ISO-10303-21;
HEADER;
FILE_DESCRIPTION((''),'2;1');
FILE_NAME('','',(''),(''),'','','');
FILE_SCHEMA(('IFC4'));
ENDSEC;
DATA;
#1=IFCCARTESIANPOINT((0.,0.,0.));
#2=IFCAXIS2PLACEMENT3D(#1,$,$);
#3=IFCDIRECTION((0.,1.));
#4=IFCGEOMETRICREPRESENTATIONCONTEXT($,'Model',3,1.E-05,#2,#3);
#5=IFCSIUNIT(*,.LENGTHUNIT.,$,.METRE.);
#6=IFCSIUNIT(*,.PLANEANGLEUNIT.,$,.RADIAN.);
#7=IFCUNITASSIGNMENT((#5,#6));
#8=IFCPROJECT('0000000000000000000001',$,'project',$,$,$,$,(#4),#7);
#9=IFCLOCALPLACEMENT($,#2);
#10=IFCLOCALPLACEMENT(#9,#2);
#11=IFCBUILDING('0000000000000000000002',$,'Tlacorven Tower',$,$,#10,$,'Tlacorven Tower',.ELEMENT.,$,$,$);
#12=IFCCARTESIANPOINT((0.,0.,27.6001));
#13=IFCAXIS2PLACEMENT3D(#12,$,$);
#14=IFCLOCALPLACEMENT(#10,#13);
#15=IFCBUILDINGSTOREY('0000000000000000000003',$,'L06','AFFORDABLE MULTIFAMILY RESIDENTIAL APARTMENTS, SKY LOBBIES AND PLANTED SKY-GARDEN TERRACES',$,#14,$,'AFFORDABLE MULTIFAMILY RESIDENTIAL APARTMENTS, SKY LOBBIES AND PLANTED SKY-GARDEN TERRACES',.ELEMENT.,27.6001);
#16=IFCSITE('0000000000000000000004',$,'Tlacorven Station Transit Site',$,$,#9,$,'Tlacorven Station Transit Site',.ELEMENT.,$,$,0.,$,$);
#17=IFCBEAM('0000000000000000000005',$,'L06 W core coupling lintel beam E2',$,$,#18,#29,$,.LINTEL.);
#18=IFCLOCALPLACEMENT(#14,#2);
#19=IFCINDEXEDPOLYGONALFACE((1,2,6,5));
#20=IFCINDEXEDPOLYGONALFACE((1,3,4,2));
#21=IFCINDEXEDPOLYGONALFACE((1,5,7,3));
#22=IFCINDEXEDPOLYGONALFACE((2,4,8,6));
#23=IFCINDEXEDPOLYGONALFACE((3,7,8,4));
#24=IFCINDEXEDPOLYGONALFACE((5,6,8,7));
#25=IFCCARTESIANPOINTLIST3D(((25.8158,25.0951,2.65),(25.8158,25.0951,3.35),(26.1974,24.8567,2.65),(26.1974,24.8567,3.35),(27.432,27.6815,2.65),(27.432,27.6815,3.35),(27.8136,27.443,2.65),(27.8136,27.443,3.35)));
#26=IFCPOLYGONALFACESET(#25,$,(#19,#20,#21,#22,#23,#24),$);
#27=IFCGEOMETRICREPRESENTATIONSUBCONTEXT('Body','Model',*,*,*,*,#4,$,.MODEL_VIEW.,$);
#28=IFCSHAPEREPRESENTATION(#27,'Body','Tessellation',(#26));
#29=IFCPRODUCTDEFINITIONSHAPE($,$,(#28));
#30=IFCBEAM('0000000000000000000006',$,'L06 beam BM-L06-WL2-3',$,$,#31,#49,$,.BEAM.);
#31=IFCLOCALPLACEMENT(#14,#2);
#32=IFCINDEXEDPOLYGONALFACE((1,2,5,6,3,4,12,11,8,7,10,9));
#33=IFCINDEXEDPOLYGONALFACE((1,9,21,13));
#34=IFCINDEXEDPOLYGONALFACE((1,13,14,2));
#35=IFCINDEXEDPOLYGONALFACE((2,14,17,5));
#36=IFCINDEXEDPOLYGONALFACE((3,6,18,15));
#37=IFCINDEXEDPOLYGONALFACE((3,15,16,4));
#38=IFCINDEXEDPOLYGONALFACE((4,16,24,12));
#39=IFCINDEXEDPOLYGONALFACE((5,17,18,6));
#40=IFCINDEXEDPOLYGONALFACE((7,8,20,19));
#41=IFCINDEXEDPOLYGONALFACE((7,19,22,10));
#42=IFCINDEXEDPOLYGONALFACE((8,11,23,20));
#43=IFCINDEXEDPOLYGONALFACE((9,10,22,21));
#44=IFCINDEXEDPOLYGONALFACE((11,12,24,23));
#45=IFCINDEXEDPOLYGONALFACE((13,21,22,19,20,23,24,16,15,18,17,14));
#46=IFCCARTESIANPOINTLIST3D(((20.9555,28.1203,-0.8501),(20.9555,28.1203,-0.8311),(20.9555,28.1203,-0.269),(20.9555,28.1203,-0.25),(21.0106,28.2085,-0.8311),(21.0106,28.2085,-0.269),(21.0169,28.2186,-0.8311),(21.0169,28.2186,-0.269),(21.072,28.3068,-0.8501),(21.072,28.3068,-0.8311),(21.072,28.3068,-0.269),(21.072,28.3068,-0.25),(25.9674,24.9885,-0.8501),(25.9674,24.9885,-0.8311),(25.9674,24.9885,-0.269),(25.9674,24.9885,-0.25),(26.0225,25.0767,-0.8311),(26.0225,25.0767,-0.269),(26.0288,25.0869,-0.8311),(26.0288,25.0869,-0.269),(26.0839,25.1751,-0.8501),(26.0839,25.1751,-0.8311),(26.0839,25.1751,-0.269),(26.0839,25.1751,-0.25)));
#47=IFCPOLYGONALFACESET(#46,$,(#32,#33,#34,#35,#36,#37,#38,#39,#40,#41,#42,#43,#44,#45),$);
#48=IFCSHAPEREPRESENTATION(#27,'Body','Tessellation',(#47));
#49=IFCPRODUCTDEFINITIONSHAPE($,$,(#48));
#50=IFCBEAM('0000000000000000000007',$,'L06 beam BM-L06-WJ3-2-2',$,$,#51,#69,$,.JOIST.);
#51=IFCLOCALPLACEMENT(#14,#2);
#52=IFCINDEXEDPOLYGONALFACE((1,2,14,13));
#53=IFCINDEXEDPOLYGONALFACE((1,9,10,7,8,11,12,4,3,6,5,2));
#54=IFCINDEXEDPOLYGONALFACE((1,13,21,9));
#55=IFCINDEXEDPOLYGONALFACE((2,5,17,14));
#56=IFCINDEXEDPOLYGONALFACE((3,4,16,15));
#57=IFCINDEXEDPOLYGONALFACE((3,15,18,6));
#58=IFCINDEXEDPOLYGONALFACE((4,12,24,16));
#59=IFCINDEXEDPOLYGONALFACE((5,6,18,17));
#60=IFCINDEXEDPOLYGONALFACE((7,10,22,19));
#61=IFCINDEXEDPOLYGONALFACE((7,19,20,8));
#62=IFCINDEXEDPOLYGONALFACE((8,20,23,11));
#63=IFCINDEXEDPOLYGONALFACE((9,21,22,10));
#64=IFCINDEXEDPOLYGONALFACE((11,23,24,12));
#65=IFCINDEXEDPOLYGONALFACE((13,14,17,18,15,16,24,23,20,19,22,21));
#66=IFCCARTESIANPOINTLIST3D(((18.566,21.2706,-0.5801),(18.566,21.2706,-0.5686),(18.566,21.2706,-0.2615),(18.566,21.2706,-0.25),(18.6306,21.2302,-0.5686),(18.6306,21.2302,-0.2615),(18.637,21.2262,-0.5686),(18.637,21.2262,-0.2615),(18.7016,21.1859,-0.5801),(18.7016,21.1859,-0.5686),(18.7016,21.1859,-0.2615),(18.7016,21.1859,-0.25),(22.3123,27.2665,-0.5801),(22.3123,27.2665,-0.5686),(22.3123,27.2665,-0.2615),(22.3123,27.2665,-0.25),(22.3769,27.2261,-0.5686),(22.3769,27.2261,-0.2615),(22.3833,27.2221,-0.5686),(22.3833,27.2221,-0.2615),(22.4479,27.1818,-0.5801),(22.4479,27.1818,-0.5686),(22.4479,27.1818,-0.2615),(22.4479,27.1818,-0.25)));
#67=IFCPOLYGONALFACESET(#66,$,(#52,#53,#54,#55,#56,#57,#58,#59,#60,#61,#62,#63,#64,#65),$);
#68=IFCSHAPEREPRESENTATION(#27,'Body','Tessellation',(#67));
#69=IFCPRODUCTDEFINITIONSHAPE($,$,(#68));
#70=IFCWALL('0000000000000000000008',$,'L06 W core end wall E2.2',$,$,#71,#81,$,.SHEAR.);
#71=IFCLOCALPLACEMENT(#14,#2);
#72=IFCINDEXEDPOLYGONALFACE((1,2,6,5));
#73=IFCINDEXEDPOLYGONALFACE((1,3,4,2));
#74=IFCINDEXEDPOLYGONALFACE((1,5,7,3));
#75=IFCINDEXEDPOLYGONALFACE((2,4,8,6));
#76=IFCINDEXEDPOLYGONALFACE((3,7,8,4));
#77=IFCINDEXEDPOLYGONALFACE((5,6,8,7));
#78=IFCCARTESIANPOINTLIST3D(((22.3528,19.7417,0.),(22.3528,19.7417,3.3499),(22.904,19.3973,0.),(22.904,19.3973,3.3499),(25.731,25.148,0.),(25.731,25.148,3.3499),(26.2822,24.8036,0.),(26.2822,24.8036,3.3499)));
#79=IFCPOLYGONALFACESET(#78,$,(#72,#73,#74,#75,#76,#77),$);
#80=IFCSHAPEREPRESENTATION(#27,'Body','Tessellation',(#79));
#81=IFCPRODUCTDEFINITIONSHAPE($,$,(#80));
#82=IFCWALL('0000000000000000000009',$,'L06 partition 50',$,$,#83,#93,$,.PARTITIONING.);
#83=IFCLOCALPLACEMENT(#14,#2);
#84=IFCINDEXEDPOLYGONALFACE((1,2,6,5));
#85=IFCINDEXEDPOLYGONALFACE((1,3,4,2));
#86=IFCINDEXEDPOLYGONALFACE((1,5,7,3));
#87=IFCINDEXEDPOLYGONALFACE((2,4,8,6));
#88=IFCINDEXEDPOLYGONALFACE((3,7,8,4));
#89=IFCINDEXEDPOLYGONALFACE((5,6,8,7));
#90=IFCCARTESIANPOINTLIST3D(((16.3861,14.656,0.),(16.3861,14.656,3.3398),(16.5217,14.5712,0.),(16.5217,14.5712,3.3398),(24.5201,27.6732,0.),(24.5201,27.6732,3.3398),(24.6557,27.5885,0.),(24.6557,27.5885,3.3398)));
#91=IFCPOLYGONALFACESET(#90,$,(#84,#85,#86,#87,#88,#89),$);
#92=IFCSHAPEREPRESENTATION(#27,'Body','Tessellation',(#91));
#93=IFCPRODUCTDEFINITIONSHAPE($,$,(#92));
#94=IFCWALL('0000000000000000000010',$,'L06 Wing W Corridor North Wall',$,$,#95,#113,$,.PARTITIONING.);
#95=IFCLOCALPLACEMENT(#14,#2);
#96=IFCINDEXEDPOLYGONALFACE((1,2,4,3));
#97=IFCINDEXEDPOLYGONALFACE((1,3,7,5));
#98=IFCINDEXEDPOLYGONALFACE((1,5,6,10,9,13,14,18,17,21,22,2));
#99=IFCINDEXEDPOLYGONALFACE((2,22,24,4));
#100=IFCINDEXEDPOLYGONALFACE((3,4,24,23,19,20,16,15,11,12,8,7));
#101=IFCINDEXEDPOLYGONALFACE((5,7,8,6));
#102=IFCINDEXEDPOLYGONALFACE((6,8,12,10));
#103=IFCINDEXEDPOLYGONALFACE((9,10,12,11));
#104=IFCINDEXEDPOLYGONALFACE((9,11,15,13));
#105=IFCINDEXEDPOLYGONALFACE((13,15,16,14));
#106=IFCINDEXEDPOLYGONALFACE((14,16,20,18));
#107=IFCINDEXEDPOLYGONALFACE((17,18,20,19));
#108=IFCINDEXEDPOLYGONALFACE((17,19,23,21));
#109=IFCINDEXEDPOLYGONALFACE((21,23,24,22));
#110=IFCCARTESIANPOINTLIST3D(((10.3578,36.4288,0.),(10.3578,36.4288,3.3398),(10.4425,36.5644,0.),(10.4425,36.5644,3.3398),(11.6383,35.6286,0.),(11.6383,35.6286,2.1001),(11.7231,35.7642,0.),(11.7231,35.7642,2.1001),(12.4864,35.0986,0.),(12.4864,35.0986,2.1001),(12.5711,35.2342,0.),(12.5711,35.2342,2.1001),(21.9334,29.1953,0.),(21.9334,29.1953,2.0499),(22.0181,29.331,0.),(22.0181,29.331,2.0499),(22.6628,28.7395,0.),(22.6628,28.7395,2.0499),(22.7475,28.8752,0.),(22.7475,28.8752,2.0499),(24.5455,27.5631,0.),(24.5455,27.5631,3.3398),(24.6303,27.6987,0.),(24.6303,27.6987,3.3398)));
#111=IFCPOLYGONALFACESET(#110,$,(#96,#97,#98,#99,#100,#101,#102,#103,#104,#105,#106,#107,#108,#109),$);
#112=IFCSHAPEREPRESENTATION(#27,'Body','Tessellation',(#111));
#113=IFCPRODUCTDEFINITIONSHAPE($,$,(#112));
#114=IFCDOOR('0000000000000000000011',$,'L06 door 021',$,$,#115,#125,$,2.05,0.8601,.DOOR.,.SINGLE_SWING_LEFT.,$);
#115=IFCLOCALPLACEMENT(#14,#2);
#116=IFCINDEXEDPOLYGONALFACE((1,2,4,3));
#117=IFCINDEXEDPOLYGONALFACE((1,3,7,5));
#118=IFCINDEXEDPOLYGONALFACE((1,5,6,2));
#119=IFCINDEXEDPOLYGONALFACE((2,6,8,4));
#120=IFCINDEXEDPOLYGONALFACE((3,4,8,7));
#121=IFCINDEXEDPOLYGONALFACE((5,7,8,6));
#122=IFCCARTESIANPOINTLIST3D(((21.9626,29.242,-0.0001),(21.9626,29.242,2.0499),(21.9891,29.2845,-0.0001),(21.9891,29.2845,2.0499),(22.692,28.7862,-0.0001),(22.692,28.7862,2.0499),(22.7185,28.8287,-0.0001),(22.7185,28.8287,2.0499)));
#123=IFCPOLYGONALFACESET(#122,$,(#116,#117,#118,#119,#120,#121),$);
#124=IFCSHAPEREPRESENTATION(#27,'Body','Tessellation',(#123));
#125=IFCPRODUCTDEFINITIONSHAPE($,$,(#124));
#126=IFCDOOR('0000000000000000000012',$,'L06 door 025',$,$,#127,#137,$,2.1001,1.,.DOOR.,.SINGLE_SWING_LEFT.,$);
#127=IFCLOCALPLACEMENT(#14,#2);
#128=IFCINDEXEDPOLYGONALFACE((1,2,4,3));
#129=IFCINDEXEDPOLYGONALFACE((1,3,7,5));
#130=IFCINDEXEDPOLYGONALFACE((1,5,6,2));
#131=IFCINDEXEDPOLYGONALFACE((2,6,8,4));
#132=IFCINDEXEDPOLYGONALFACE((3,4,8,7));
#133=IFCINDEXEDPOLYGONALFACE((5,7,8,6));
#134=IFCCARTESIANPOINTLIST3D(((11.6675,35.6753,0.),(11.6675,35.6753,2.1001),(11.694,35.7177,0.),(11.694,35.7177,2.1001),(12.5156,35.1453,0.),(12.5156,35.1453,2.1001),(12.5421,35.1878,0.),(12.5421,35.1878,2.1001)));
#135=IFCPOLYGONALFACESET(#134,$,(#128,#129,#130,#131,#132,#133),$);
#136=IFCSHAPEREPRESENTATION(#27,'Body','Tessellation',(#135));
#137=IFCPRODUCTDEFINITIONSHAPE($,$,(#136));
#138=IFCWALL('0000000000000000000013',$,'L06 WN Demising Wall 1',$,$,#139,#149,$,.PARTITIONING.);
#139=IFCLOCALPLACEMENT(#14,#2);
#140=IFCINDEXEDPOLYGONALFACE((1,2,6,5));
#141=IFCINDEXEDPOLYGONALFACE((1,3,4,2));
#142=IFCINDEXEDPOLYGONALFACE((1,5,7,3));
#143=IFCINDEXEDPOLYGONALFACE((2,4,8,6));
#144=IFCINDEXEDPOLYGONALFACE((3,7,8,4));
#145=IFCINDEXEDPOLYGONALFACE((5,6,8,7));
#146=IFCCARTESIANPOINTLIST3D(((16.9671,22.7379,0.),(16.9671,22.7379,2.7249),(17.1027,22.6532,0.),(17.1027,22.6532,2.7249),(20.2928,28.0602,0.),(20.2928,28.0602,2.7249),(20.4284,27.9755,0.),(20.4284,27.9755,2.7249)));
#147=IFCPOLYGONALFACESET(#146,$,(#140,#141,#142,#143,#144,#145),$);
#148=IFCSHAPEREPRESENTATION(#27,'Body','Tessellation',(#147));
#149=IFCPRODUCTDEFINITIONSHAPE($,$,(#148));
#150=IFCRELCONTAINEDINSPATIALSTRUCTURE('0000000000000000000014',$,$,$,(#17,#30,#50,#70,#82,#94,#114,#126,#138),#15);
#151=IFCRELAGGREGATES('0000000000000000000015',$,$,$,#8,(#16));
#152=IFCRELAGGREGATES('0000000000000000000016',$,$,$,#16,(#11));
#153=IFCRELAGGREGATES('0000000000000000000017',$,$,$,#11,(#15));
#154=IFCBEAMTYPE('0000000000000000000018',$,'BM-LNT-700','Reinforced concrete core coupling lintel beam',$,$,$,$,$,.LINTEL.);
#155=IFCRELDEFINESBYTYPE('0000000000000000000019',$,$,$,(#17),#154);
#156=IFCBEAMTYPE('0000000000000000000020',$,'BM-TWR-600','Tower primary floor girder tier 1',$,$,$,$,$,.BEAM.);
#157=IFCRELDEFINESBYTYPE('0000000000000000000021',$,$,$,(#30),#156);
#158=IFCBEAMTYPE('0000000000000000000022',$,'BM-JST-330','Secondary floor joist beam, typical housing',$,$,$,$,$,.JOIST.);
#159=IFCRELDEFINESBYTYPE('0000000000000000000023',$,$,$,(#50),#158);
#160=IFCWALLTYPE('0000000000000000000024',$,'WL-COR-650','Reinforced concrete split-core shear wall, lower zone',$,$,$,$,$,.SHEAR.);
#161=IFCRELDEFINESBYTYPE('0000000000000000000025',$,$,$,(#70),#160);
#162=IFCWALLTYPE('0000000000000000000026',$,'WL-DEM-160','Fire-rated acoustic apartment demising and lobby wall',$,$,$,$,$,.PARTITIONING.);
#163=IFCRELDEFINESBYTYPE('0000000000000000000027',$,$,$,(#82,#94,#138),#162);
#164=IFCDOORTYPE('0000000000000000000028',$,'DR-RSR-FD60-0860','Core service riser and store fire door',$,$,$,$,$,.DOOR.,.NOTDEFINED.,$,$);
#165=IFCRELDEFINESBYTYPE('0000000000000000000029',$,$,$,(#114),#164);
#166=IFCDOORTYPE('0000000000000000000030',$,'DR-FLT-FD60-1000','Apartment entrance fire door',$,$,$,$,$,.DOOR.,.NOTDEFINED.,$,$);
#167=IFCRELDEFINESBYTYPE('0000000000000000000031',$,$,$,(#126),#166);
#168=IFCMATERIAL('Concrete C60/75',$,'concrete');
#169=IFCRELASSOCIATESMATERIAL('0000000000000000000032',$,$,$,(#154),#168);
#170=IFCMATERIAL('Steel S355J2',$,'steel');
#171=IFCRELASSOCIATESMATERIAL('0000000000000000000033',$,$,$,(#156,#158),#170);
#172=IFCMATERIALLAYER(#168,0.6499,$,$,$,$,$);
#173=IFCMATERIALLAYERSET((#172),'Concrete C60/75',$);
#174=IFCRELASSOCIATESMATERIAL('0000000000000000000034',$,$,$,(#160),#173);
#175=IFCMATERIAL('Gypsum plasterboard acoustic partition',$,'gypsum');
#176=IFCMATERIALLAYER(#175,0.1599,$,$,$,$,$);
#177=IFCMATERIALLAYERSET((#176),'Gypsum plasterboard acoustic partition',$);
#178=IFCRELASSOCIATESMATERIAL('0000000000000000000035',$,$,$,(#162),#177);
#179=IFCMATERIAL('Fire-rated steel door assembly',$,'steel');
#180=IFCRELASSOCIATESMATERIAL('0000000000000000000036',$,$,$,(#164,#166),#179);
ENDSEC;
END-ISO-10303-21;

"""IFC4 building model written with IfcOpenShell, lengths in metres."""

from ifc_helpers import new_model, si_unit, direction, frame, frame_2d, origin, origin_2d, place, context, subcontext, project, spatial, rectangle, i_section, extrude, source, transform, mapped, material, layer, layer_set, material_profile, profile_set, type_object, element, fill, save


model = new_model("IFC4")

# Units and contexts
model_context = context("Model", 3, precision=1e-05, world=origin(), true_north=direction((0.0, 1.0)))
body_context = subcontext(model_context, "Body", "Model", "MODEL_VIEW")
ifc_project = project(units=[si_unit("LENGTHUNIT", "METRE"), si_unit("PLANEANGLEUNIT", "RADIAN")], contexts=[model_context])

# Site, building, storey
site_placement = place(None, origin())
site = spatial("IfcSite", under=ifc_project, at=site_placement, Name="Tlacorven Station Transit Site", LongName="Tlacorven Station Transit Site", CompositionType="ELEMENT", RefElevation=0.0)
building_placement = place(site_placement, origin())
building = spatial("IfcBuilding", under=site, at=building_placement, Name="Tlacorven Tower", LongName="Tlacorven Tower", CompositionType="ELEMENT")
storey_placement = place(building_placement, frame((0.0, 0.0, 27.6001)))
storey = spatial("IfcBuildingStorey", under=building, at=storey_placement, Name="L06", Description="AFFORDABLE MULTIFAMILY RESIDENTIAL APARTMENTS, SKY LOBBIES AND PLANTED SKY-GARDEN TERRACES", LongName="AFFORDABLE MULTIFAMILY RESIDENTIAL APARTMENTS, SKY LOBBIES AND PLANTED SKY-GARDEN TERRACES", CompositionType="ELEMENT", Elevation=27.6001)

# Beams
ifc_material_1 = material(Name="Concrete C60/75", Category="concrete")
ifc_material_profile_1 = material_profile(ifc_material_1, rectangle(XDim=0.45, YDim=0.7, at=origin_2d()), Name="RC 450X700")
ifc_profile_set_1 = profile_set([ifc_material_profile_1], Name="Concrete C60/75")
beam_type_1 = type_object("IfcBeamType", Name="BM-LNT-700", Description="Reinforced concrete core coupling lintel beam", PredefinedType="LINTEL", material=ifc_profile_set_1)
shared_shape_1 = source(origin(), body_context, "Body", "SweptSolid", [
    extrude(rectangle(XDim=0.45, YDim=0.7, at=origin_2d()), origin(), (0.0, 0.0, 1.0), 3.0498),
])
beam_1_placement = place(storey_placement, frame((27.6228, 27.5623, 3.0), z_axis=(-0.529927, -0.848043, 0.0), x_axis=(0.848043, -0.529927, 0.0)))
element("IfcBeam", 1, at=beam_1_placement, inside=storey, type_object=beam_type_1, Name="L06 W core coupling lintel beam E2", PredefinedType="LINTEL", context=body_context, shape_type="MappedRepresentation", body=[
    mapped(shared_shape_1, transform((0.0, 0.0, 0.0), scale=1.0)),
])
ifc_material_2 = material(Name="Steel S355J2", Category="steel")
ifc_material_profile_2 = material_profile(ifc_material_2, i_section(OverallWidth=0.22, OverallDepth=0.6001, WebThickness=0.012, FlangeThickness=0.019, at=origin_2d()), Name="IPE 600")
ifc_profile_set_2 = profile_set([ifc_material_profile_2], Name="Steel S355J2")
beam_type_2 = type_object("IfcBeamType", Name="BM-TWR-600", Description="Tower primary floor girder tier 1", PredefinedType="BEAM", material=ifc_profile_set_2)
shared_shape_2 = source(origin(), body_context, "Body", "SweptSolid", [
    extrude(i_section(OverallWidth=0.22, OverallDepth=0.6001, WebThickness=0.012, FlangeThickness=0.019, at=origin_2d()), origin(), (0.0, 0.0, 1.0), 5.9099),
])
beam_2_placement = place(storey_placement, frame((26.0256, 25.0818, -0.55), z_axis=(-0.848047, 0.529921, 0.0), x_axis=(-0.529921, -0.848047, 0.0)))
element("IfcBeam", 2, at=beam_2_placement, inside=storey, type_object=beam_type_2, Name="L06 beam BM-L06-WL2-3", PredefinedType="BEAM", context=body_context, shape_type="MappedRepresentation", body=[
    mapped(shared_shape_2, transform((0.0, 0.0, 0.0), scale=1.0)),
])
ifc_material_profile_3 = material_profile(ifc_material_2, i_section(OverallWidth=0.1599, OverallDepth=0.3301, WebThickness=0.0076, FlangeThickness=0.0115, at=origin_2d()), Name="IPE 330")
ifc_profile_set_3 = profile_set([ifc_material_profile_3], Name="Steel S355J2")
beam_type_3 = type_object("IfcBeamType", Name="BM-JST-330", Description="Secondary floor joist beam, typical housing", PredefinedType="JOIST", material=ifc_profile_set_3)
shared_shape_3 = source(origin(), body_context, "Body", "SweptSolid", [
    extrude(i_section(OverallWidth=0.1599, OverallDepth=0.3301, WebThickness=0.0076, FlangeThickness=0.0115, at=origin_2d()), origin(), (0.0, 0.0, 1.0), 7.0701),
])
beam_3_placement = place(storey_placement, frame((22.3801, 27.2241, -0.415), z_axis=(-0.52989, -0.848066, 0.0), x_axis=(0.848066, -0.52989, 0.0)))
element("IfcBeam", 3, at=beam_3_placement, inside=storey, type_object=beam_type_3, Name="L06 beam BM-L06-WJ3-2-2", PredefinedType="JOIST", context=body_context, shape_type="MappedRepresentation", body=[
    mapped(shared_shape_3, transform((0.0, 0.0, 0.0), scale=1.0)),
])

# Walls
ifc_layer_1 = layer(ifc_material_1, 0.6499)
ifc_layer_set_1 = layer_set([ifc_layer_1], Name="Concrete C60/75")
wall_type_1 = type_object("IfcWallType", Name="WL-COR-650", Description="Reinforced concrete split-core shear wall, lower zone", PredefinedType="SHEAR", material=ifc_layer_set_1)
wall_1_placement = place(storey_placement, frame((26.0066, 24.9758, 0.0), z_axis=(0.0, 0.0, 1.0), x_axis=(-0.529916, -0.84805, 0.0)))
element("IfcWall", 4, at=wall_1_placement, inside=storey, type_object=wall_type_1, Name="L06 W core end wall E2.2", PredefinedType="SHEAR", context=body_context, shape_type="SweptSolid", body=[
    extrude(rectangle(XDim=6.375, YDim=0.6499, at=frame_2d((3.1875, 0.0))), origin(), (0.0, 0.0, 1.0), 3.3499),
])
ifc_material_3 = material(Name="Gypsum plasterboard acoustic partition", Category="gypsum")
ifc_layer_2 = layer(ifc_material_3, 0.1599)
ifc_layer_set_2 = layer_set([ifc_layer_2], Name="Gypsum plasterboard acoustic partition")
wall_type_2 = type_object("IfcWallType", Name="WL-DEM-160", Description="Fire-rated acoustic apartment demising and lobby wall", PredefinedType="PARTITIONING", material=ifc_layer_set_2)
wall_2_placement = place(storey_placement, frame((24.5879, 27.6309, 0.0), z_axis=(0.0, 0.0, 1.0), x_axis=(-0.529915, -0.848051, 0.0)))
element("IfcWall", 5, at=wall_2_placement, inside=storey, type_object=wall_type_2, Name="L06 partition 50", PredefinedType="PARTITIONING", context=body_context, shape_type="SweptSolid", body=[
    extrude(rectangle(XDim=15.3496, YDim=0.1599, at=frame_2d((7.6748, 0.0))), origin(), (0.0, 0.0, 1.0), 3.3398),
])

# Wall, openings, doors
wall_3_placement = place(storey_placement, frame((24.5879, 27.6309, 0.0), z_axis=(0.0, 0.0, 1.0), x_axis=(-0.848042, 0.529929, 0.0)))
wall_3 = element("IfcWall", 6, at=wall_3_placement, inside=storey, type_object=wall_type_2, Name="L06 Wing W Corridor North Wall", PredefinedType="PARTITIONING", context=body_context, shape_type="SweptSolid", body=[
    extrude(rectangle(XDim=16.73, YDim=0.1599, at=frame_2d((8.365, 0.0))), origin(), (0.0, 0.0, 1.0), 3.3398),
])
opening_1_placement = place(wall_3_placement, frame((2.22, 0.0, 0.0)))
opening_1 = element("IfcOpeningElement", 7, at=opening_1_placement, cuts=wall_3, PredefinedType="OPENING", context=body_context, shape_type="SweptSolid", body=[
    extrude(rectangle(XDim=0.8601, YDim=2.05, at=frame_2d((0.4302, 1.0249))), frame((0.0, 0.0898, 0.0), z_axis=(0.0, -1.0, 0.0), x_axis=(1.0, 0.0, 0.0)), (0.0, 0.0, 1.0), 0.1799),
])
opening_2_placement = place(wall_3_placement, frame((14.22, 0.0, 0.0)))
opening_2 = element("IfcOpeningElement", 8, at=opening_2_placement, cuts=wall_3, PredefinedType="OPENING", context=body_context, shape_type="SweptSolid", body=[
    extrude(rectangle(XDim=1.0, YDim=2.1001, at=frame_2d((0.5, 1.05))), frame((0.0, 0.0898, 0.0), z_axis=(0.0, -1.0, 0.0), x_axis=(1.0, 0.0, 0.0)), (0.0, 0.0, 1.0), 0.1799),
])
ifc_material_4 = material(Name="Fire-rated steel door assembly", Category="steel")
door_type_1 = type_object("IfcDoorType", Name="DR-RSR-FD60-0860", Description="Core service riser and store fire door", OperationType="NOTDEFINED", PredefinedType="DOOR", material=ifc_material_4)
shared_shape_4 = source(origin(), body_context, "Body", "SweptSolid", [
    extrude(rectangle(XDim=0.8601, YDim=2.05, at=frame_2d((0.4302, 1.0249))), frame((0.0, 0.0249, 0.0), z_axis=(0.0, -1.0, 0.0), x_axis=(1.0, 0.0, 0.0)), (0.0, 0.0, 1.0), 0.05),
])
door_1_placement = place(opening_1_placement, origin())
door_1 = element("IfcDoor", 9, at=door_1_placement, inside=storey, type_object=door_type_1, Name="L06 door 021", OperationType="SINGLE_SWING_LEFT", OverallHeight=2.05, OverallWidth=0.8601, PredefinedType="DOOR", context=body_context, shape_type="MappedRepresentation", body=[
    mapped(shared_shape_4, transform((0.0, 0.0, 0.0), scale=1.0)),
])
fill(opening_1, door_1)
door_type_2 = type_object("IfcDoorType", Name="DR-FLT-FD60-1000", Description="Apartment entrance fire door", OperationType="NOTDEFINED", PredefinedType="DOOR", material=ifc_material_4)
shared_shape_5 = source(origin(), body_context, "Body", "SweptSolid", [
    extrude(rectangle(XDim=1.0, YDim=2.1001, at=frame_2d((0.5, 1.05))), frame((0.0, 0.0249, 0.0), z_axis=(0.0, -1.0, 0.0), x_axis=(1.0, 0.0, 0.0)), (0.0, 0.0, 1.0), 0.05),
])
door_2_placement = place(opening_2_placement, origin())
door_2 = element("IfcDoor", 10, at=door_2_placement, inside=storey, type_object=door_type_2, Name="L06 door 025", OperationType="SINGLE_SWING_LEFT", OverallHeight=2.1001, OverallWidth=1.0, PredefinedType="DOOR", context=body_context, shape_type="MappedRepresentation", body=[
    mapped(shared_shape_5, transform((0.0, 0.0, 0.0), scale=1.0)),
])
fill(opening_2, door_2)

# Wall
wall_4_placement = place(storey_placement, frame((20.3606, 28.0178, 0.0), z_axis=(0.0, 0.0, 1.0), x_axis=(-0.529915, -0.848051, 0.0)))
element("IfcWall", 11, at=wall_4_placement, inside=storey, type_object=wall_type_2, Name="L06 WN Demising Wall 1", PredefinedType="PARTITIONING", context=body_context, shape_type="SweptSolid", body=[
    extrude(rectangle(XDim=6.2759, YDim=0.1599, at=frame_2d((3.1379, 0.0))), origin(), (0.0, 0.0, 1.0), 2.7249),
])

save(model, "model.ifc")
